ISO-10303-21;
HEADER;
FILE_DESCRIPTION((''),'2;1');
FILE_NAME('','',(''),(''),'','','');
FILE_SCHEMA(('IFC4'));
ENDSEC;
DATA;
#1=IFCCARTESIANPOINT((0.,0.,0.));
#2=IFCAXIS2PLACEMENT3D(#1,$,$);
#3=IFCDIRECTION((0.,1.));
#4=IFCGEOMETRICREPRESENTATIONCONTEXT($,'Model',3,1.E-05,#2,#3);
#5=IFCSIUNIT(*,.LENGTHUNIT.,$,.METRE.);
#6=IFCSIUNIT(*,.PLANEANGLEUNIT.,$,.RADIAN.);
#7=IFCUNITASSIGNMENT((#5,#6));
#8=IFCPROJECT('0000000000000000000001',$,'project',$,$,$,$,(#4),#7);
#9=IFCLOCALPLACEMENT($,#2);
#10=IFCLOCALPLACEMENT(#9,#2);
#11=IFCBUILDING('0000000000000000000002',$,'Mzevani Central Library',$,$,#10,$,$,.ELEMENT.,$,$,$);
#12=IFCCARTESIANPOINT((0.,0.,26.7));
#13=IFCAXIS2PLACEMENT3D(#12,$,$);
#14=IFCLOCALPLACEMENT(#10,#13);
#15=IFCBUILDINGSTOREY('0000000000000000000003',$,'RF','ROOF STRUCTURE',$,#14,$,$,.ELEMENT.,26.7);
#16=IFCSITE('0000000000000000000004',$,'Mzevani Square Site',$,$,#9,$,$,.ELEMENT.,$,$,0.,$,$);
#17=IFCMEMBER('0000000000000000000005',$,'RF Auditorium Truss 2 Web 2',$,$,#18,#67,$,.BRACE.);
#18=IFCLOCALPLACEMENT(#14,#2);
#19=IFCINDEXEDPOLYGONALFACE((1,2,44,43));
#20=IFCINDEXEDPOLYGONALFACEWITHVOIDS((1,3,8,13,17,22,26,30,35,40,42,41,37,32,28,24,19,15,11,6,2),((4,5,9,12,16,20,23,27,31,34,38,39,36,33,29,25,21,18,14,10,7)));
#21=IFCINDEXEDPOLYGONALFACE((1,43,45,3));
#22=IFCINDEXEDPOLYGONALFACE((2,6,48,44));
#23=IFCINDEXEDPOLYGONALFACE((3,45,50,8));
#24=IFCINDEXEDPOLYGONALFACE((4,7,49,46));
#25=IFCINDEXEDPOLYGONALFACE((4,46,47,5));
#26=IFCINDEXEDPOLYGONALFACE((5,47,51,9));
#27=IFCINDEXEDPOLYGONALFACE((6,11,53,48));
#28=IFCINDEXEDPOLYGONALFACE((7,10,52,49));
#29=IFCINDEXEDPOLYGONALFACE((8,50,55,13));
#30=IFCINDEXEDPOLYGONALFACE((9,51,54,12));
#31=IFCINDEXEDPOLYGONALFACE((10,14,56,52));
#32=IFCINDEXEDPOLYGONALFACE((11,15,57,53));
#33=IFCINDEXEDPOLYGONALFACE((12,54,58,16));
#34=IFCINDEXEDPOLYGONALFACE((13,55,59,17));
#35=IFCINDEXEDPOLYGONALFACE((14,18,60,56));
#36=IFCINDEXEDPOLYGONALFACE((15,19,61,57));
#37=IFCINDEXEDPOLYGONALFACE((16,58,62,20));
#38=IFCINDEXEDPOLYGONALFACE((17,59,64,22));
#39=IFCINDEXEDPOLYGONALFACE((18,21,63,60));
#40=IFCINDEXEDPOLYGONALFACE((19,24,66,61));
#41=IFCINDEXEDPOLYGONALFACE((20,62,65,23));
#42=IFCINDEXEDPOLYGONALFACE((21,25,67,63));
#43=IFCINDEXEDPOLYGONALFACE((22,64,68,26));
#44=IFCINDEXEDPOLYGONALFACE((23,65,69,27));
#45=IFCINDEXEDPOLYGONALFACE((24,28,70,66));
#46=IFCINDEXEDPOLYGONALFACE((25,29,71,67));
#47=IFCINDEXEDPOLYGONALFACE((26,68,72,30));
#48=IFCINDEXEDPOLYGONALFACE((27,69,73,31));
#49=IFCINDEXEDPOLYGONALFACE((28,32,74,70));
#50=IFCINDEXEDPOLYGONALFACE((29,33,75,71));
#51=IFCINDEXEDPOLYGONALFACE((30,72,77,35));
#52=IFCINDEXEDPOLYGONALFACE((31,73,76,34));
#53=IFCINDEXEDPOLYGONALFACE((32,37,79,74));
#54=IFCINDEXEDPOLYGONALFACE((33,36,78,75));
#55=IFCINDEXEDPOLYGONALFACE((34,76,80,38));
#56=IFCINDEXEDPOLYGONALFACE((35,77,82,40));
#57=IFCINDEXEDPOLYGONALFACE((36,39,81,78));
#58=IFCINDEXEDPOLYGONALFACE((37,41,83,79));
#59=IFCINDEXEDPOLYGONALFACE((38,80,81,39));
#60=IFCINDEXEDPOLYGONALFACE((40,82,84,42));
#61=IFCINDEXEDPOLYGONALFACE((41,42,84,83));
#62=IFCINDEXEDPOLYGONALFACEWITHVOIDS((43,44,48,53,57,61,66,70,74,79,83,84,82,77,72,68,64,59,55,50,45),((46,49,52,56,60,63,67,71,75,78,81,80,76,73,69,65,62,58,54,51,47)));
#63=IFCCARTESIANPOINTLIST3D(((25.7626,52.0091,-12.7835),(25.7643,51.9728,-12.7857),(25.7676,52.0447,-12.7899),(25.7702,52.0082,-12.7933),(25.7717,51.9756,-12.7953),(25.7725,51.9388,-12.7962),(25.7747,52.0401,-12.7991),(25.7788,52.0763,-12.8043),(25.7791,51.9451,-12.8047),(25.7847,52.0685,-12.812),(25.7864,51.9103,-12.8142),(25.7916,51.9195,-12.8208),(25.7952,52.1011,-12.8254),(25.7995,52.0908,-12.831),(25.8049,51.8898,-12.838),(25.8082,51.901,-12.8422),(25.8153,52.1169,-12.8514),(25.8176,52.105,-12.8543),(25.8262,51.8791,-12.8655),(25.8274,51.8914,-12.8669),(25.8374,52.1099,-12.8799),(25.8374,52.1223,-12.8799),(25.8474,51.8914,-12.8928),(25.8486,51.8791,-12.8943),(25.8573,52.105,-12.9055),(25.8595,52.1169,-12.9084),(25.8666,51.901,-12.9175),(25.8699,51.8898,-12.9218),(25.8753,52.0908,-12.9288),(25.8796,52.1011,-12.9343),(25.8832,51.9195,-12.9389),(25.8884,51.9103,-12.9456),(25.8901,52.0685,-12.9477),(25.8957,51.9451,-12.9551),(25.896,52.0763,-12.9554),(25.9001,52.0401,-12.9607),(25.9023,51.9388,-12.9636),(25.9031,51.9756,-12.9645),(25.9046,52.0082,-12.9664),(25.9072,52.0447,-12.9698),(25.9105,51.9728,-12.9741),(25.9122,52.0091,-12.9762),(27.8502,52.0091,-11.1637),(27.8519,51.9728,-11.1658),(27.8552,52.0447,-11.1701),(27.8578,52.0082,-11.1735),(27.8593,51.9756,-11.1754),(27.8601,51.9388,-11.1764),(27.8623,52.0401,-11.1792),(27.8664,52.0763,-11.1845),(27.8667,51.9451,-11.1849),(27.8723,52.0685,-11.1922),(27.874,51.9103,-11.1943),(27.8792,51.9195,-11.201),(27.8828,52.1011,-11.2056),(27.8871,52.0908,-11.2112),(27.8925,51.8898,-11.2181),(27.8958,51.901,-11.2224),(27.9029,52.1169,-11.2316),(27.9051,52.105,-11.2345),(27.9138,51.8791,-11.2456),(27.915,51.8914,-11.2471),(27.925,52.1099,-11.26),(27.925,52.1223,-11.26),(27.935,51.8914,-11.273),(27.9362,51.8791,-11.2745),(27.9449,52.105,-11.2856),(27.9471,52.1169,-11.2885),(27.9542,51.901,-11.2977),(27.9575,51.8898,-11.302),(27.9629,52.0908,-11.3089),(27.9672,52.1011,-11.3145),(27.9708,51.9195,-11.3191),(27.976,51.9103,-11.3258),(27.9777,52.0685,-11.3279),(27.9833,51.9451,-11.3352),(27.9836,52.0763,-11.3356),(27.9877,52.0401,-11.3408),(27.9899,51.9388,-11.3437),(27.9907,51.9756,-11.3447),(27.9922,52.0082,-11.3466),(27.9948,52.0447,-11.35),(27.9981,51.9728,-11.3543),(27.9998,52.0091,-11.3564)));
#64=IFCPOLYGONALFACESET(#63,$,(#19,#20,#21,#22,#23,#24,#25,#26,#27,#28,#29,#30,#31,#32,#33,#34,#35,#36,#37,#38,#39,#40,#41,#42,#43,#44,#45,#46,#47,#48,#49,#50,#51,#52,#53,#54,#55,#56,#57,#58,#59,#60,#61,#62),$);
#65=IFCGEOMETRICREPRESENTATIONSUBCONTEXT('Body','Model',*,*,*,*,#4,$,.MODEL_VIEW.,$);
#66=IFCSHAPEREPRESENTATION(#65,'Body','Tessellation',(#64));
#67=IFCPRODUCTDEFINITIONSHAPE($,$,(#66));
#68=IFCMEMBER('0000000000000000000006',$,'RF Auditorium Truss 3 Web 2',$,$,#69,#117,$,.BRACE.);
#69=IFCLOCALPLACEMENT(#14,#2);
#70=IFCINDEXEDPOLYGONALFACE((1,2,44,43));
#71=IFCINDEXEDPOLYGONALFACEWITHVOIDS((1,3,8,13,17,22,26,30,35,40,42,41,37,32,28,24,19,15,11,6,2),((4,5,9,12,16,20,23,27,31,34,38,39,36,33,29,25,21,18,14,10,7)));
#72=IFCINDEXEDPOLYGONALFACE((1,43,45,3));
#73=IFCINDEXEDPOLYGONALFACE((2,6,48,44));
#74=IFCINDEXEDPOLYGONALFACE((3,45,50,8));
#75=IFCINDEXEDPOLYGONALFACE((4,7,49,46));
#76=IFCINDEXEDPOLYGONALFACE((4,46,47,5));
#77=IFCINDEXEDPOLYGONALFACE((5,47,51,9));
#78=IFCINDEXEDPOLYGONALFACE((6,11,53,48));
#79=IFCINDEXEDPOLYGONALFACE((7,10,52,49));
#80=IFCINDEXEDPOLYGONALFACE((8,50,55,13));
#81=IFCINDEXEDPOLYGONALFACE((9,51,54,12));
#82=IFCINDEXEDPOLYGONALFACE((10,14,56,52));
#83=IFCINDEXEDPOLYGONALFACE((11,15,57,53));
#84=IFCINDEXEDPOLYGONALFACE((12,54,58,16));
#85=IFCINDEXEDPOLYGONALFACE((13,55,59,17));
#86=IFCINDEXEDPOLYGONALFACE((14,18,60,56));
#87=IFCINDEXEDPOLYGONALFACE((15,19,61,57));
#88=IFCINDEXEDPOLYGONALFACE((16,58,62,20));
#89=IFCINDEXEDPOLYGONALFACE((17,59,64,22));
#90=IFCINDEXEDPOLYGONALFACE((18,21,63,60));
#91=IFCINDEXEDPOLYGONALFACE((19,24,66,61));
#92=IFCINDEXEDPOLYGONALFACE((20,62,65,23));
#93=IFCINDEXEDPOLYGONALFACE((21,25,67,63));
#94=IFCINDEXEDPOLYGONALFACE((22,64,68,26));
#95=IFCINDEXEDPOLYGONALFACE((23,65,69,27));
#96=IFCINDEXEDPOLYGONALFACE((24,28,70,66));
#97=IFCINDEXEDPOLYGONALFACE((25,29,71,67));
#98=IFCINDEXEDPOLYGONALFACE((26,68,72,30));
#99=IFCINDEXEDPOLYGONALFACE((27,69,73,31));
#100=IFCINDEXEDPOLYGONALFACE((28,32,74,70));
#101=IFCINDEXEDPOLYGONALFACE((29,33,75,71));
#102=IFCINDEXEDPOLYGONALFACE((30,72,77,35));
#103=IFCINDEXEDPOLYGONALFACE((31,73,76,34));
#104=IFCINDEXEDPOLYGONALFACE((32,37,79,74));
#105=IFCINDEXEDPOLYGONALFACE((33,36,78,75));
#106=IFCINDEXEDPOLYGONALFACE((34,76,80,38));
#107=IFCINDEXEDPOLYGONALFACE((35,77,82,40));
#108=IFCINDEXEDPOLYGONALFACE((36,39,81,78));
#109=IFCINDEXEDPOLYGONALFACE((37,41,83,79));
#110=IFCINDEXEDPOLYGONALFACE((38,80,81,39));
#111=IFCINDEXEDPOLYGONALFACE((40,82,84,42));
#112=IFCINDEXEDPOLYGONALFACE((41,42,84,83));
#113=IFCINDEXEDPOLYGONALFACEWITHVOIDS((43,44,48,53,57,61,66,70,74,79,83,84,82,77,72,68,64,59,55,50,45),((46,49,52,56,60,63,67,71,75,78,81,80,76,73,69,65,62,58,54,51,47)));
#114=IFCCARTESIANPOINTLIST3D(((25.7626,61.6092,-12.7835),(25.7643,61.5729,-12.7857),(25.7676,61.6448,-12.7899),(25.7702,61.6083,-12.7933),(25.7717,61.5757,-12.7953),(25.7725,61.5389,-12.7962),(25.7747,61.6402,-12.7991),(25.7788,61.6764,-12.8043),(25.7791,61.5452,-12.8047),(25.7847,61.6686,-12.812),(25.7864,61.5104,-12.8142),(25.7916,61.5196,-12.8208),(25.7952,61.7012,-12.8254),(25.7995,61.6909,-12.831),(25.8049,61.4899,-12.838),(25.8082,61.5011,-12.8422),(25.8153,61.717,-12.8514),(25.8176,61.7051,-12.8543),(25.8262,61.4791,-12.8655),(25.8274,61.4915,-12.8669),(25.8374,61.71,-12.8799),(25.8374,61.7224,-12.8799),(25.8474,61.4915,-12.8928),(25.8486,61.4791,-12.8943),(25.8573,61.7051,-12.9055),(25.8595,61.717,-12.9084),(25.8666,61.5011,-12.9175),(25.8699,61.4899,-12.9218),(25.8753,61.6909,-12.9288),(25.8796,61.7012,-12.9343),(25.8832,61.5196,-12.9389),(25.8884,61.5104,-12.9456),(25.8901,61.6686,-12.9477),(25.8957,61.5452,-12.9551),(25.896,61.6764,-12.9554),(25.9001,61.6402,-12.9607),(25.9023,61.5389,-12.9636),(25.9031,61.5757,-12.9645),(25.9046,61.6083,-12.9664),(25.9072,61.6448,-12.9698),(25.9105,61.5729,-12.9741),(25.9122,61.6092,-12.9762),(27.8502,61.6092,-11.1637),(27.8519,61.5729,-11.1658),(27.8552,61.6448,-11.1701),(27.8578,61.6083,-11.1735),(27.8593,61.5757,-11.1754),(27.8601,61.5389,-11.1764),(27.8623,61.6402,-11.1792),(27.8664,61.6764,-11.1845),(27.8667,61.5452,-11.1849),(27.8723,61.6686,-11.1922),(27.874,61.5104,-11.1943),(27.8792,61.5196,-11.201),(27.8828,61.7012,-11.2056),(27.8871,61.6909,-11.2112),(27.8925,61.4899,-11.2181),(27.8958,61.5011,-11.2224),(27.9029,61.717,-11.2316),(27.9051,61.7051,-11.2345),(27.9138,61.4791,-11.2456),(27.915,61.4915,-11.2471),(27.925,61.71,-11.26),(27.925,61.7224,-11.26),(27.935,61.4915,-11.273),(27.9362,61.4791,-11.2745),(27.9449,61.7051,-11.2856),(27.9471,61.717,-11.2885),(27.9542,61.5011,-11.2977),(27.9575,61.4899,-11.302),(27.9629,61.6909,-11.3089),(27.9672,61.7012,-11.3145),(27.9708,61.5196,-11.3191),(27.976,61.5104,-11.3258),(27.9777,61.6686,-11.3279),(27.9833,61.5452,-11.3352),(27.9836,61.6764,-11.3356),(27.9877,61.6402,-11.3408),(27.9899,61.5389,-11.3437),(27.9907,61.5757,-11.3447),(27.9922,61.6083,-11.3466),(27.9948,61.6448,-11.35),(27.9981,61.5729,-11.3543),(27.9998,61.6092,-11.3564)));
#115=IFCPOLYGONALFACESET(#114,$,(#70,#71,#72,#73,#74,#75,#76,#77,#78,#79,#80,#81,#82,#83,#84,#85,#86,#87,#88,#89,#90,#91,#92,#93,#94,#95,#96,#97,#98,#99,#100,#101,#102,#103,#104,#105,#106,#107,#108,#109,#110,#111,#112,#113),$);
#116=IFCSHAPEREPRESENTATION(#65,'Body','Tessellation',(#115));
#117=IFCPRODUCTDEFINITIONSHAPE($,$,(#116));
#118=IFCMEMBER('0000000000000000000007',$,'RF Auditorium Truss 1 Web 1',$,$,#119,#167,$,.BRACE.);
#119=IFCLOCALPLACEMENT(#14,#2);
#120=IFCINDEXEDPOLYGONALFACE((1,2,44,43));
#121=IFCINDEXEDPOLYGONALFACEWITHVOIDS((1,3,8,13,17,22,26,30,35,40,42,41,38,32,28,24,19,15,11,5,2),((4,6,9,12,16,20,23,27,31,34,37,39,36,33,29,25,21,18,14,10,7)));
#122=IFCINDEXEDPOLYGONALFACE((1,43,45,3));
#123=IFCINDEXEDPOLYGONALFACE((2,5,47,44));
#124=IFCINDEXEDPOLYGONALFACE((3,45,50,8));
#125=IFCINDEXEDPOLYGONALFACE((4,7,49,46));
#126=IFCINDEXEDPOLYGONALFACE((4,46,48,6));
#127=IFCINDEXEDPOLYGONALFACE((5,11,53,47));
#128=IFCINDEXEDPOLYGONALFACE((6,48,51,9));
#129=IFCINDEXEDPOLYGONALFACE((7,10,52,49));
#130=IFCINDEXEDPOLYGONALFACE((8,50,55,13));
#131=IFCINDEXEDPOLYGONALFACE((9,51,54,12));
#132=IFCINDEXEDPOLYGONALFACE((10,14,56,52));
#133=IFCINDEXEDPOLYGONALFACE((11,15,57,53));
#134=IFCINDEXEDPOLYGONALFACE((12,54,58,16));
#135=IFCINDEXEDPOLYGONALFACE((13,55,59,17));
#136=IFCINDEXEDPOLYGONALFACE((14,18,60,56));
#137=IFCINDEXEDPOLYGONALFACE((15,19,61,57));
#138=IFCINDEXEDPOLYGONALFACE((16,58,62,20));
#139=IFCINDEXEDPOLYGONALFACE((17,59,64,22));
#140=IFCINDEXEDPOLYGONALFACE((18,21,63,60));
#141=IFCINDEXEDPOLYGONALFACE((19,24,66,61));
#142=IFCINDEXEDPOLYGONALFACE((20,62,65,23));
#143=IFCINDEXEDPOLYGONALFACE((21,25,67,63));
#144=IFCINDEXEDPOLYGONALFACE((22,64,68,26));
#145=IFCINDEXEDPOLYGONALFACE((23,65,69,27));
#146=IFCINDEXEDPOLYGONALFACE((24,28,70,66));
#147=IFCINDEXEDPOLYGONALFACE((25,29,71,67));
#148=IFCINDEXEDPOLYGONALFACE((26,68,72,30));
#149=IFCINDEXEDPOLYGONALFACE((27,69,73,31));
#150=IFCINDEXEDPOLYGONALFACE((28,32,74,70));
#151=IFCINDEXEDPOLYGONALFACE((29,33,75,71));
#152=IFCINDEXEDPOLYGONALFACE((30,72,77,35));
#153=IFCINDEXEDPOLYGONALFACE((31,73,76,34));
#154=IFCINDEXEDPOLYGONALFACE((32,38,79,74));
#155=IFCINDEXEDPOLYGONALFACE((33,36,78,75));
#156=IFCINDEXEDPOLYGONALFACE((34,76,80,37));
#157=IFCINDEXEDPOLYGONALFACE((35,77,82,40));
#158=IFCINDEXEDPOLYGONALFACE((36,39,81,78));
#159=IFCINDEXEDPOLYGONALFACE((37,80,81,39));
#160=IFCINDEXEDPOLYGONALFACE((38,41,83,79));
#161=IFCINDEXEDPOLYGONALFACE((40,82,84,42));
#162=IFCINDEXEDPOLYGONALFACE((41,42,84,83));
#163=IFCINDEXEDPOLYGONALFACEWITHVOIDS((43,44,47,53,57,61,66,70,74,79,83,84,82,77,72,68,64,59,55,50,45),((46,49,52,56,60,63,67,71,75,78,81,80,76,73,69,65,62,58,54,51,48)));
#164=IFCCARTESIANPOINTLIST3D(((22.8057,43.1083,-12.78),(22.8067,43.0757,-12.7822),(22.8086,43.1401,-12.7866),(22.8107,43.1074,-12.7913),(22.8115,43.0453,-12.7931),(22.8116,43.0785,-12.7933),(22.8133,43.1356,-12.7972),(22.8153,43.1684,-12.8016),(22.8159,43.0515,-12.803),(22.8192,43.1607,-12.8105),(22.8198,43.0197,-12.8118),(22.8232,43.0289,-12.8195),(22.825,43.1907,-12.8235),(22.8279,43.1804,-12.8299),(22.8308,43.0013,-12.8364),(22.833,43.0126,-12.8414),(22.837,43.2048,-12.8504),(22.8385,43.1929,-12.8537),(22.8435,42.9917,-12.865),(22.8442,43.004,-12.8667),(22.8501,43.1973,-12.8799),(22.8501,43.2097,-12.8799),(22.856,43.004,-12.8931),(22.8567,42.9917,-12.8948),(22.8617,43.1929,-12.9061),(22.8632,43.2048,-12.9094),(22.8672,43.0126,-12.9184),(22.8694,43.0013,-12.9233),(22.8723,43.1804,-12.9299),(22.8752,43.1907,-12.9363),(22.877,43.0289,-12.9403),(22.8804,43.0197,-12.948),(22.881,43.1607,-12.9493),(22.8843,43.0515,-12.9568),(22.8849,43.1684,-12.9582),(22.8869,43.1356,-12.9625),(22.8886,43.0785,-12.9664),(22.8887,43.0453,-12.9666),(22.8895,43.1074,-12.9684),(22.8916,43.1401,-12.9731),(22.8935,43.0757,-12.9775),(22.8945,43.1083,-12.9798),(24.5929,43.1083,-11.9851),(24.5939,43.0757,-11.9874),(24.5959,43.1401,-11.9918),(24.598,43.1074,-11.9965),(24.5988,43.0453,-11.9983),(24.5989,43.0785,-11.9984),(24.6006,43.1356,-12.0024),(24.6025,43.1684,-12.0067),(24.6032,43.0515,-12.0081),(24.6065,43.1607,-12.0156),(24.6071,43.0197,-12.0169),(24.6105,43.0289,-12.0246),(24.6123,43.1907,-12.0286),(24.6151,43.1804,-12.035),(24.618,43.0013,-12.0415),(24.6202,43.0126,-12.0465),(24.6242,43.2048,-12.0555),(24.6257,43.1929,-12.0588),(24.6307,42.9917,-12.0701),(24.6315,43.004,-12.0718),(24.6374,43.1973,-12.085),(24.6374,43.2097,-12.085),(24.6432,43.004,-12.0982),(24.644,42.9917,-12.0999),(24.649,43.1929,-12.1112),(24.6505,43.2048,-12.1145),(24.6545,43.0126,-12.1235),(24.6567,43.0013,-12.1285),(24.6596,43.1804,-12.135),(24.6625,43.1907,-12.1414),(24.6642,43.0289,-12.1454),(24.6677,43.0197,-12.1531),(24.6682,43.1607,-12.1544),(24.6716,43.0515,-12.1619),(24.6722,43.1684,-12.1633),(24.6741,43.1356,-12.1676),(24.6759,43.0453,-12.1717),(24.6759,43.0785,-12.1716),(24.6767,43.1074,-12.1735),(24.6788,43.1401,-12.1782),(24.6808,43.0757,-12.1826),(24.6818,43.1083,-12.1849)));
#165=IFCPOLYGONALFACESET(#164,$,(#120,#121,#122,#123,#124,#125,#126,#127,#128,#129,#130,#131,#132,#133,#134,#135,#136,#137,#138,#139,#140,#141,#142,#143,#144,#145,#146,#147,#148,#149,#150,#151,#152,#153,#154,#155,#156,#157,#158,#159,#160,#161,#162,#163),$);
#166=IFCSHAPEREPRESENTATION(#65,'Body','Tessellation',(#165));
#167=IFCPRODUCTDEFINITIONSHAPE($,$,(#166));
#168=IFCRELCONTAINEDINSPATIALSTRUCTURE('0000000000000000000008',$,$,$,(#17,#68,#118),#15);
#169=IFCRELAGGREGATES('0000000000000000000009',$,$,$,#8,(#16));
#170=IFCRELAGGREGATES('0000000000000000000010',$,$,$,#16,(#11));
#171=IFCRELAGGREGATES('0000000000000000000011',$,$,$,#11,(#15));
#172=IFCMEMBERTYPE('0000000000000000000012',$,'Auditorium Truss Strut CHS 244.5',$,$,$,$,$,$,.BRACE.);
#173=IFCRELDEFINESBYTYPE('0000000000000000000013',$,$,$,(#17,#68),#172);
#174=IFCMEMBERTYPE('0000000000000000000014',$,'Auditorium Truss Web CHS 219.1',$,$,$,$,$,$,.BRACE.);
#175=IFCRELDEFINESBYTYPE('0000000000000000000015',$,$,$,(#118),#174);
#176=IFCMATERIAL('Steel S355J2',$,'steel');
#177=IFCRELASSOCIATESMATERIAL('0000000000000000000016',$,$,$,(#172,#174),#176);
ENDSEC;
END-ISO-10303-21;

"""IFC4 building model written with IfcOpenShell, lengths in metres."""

from ifc_helpers import new_model, si_unit, direction, frame, origin, origin_2d, place, context, subcontext, project, spatial, hollow_circle, extrude, material, material_profile, profile_set, type_object, element, save


model = new_model("IFC4")

# Units and contexts
model_context = context("Model", 3, precision=1e-05, world=origin(), true_north=direction((0.0, 1.0)))
body_context = subcontext(model_context, "Body", "Model", "MODEL_VIEW")
ifc_project = project(units=[si_unit("LENGTHUNIT", "METRE"), si_unit("PLANEANGLEUNIT", "RADIAN")], contexts=[model_context])

# Site, building, storey
site_placement = place(None, origin())
site = spatial("IfcSite", under=ifc_project, at=site_placement, Name="Mzevani Square Site", CompositionType="ELEMENT", RefElevation=0.0)
building_placement = place(site_placement, origin())
building = spatial("IfcBuilding", under=site, at=building_placement, Name="Mzevani Central Library", CompositionType="ELEMENT")
storey_placement = place(building_placement, frame((0.0, 0.0, 26.7)))
storey = spatial("IfcBuildingStorey", under=building, at=storey_placement, Name="RF", Description="ROOF STRUCTURE", CompositionType="ELEMENT", Elevation=26.7)

# Members
ifc_material_1 = material(Name="Steel S355J2", Category="steel")
ifc_material_profile_1 = material_profile(ifc_material_1, hollow_circle(Radius=0.1223, WallThickness=0.0125, at=origin_2d()), Name="CHS 244.5x12.5")
ifc_profile_set_1 = profile_set([ifc_material_profile_1], Name="Steel S355J2")
member_type_1 = type_object("IfcMemberType", Name="Auditorium Truss Strut CHS 244.5", PredefinedType="BRACE", material=ifc_profile_set_1)
for number, where, z_axis, x_axis, name in (
    (1, (25.8374, 52.0, -12.8799), (0.790058, 0.0, 0.613032), (0.0, 1.0, 0.0), "RF Auditorium Truss 2 Web 2"),
    (2, (25.8374, 61.6001, -12.8799), (0.790058, 0.0, 0.613032), (0.0, 1.0, 0.0), "RF Auditorium Truss 3 Web 2"),
):
    element("IfcMember", number, at=place(storey_placement, frame(where, z_axis=z_axis, x_axis=x_axis)), inside=storey, type_object=member_type_1, Name=name, PredefinedType="BRACE", context=body_context, shape_type="SweptSolid", body=[
        extrude(hollow_circle(Radius=0.1223, WallThickness=0.0125, at=origin_2d()), origin(), (0.0, 0.0, 1.0), 2.6423),
    ])
ifc_material_profile_2 = material_profile(ifc_material_1, hollow_circle(Radius=0.1096, WallThickness=0.0125, at=origin_2d()), Name="CHS 219.1x12.5")
ifc_profile_set_2 = profile_set([ifc_material_profile_2], Name="Steel S355J2")
member_type_2 = type_object("IfcMemberType", Name="Auditorium Truss Web CHS 219.1", PredefinedType="BRACE", material=ifc_profile_set_2)
for number, where, z_axis, x_axis, name in (
    (3, (22.8501, 43.1001, -12.8799), (0.913709, 0.0, 0.40637), (0.0, 1.0, 0.0), "RF Auditorium Truss 1 Web 1"),
):
    element("IfcMember", number, at=place(storey_placement, frame(where, z_axis=z_axis, x_axis=x_axis)), inside=storey, type_object=member_type_2, Name=name, PredefinedType="BRACE", context=body_context, shape_type="SweptSolid", body=[
        extrude(hollow_circle(Radius=0.1096, WallThickness=0.0125, at=origin_2d()), origin(), (0.0, 0.0, 1.0), 1.9561),
    ])

save(model, "model.ifc")
